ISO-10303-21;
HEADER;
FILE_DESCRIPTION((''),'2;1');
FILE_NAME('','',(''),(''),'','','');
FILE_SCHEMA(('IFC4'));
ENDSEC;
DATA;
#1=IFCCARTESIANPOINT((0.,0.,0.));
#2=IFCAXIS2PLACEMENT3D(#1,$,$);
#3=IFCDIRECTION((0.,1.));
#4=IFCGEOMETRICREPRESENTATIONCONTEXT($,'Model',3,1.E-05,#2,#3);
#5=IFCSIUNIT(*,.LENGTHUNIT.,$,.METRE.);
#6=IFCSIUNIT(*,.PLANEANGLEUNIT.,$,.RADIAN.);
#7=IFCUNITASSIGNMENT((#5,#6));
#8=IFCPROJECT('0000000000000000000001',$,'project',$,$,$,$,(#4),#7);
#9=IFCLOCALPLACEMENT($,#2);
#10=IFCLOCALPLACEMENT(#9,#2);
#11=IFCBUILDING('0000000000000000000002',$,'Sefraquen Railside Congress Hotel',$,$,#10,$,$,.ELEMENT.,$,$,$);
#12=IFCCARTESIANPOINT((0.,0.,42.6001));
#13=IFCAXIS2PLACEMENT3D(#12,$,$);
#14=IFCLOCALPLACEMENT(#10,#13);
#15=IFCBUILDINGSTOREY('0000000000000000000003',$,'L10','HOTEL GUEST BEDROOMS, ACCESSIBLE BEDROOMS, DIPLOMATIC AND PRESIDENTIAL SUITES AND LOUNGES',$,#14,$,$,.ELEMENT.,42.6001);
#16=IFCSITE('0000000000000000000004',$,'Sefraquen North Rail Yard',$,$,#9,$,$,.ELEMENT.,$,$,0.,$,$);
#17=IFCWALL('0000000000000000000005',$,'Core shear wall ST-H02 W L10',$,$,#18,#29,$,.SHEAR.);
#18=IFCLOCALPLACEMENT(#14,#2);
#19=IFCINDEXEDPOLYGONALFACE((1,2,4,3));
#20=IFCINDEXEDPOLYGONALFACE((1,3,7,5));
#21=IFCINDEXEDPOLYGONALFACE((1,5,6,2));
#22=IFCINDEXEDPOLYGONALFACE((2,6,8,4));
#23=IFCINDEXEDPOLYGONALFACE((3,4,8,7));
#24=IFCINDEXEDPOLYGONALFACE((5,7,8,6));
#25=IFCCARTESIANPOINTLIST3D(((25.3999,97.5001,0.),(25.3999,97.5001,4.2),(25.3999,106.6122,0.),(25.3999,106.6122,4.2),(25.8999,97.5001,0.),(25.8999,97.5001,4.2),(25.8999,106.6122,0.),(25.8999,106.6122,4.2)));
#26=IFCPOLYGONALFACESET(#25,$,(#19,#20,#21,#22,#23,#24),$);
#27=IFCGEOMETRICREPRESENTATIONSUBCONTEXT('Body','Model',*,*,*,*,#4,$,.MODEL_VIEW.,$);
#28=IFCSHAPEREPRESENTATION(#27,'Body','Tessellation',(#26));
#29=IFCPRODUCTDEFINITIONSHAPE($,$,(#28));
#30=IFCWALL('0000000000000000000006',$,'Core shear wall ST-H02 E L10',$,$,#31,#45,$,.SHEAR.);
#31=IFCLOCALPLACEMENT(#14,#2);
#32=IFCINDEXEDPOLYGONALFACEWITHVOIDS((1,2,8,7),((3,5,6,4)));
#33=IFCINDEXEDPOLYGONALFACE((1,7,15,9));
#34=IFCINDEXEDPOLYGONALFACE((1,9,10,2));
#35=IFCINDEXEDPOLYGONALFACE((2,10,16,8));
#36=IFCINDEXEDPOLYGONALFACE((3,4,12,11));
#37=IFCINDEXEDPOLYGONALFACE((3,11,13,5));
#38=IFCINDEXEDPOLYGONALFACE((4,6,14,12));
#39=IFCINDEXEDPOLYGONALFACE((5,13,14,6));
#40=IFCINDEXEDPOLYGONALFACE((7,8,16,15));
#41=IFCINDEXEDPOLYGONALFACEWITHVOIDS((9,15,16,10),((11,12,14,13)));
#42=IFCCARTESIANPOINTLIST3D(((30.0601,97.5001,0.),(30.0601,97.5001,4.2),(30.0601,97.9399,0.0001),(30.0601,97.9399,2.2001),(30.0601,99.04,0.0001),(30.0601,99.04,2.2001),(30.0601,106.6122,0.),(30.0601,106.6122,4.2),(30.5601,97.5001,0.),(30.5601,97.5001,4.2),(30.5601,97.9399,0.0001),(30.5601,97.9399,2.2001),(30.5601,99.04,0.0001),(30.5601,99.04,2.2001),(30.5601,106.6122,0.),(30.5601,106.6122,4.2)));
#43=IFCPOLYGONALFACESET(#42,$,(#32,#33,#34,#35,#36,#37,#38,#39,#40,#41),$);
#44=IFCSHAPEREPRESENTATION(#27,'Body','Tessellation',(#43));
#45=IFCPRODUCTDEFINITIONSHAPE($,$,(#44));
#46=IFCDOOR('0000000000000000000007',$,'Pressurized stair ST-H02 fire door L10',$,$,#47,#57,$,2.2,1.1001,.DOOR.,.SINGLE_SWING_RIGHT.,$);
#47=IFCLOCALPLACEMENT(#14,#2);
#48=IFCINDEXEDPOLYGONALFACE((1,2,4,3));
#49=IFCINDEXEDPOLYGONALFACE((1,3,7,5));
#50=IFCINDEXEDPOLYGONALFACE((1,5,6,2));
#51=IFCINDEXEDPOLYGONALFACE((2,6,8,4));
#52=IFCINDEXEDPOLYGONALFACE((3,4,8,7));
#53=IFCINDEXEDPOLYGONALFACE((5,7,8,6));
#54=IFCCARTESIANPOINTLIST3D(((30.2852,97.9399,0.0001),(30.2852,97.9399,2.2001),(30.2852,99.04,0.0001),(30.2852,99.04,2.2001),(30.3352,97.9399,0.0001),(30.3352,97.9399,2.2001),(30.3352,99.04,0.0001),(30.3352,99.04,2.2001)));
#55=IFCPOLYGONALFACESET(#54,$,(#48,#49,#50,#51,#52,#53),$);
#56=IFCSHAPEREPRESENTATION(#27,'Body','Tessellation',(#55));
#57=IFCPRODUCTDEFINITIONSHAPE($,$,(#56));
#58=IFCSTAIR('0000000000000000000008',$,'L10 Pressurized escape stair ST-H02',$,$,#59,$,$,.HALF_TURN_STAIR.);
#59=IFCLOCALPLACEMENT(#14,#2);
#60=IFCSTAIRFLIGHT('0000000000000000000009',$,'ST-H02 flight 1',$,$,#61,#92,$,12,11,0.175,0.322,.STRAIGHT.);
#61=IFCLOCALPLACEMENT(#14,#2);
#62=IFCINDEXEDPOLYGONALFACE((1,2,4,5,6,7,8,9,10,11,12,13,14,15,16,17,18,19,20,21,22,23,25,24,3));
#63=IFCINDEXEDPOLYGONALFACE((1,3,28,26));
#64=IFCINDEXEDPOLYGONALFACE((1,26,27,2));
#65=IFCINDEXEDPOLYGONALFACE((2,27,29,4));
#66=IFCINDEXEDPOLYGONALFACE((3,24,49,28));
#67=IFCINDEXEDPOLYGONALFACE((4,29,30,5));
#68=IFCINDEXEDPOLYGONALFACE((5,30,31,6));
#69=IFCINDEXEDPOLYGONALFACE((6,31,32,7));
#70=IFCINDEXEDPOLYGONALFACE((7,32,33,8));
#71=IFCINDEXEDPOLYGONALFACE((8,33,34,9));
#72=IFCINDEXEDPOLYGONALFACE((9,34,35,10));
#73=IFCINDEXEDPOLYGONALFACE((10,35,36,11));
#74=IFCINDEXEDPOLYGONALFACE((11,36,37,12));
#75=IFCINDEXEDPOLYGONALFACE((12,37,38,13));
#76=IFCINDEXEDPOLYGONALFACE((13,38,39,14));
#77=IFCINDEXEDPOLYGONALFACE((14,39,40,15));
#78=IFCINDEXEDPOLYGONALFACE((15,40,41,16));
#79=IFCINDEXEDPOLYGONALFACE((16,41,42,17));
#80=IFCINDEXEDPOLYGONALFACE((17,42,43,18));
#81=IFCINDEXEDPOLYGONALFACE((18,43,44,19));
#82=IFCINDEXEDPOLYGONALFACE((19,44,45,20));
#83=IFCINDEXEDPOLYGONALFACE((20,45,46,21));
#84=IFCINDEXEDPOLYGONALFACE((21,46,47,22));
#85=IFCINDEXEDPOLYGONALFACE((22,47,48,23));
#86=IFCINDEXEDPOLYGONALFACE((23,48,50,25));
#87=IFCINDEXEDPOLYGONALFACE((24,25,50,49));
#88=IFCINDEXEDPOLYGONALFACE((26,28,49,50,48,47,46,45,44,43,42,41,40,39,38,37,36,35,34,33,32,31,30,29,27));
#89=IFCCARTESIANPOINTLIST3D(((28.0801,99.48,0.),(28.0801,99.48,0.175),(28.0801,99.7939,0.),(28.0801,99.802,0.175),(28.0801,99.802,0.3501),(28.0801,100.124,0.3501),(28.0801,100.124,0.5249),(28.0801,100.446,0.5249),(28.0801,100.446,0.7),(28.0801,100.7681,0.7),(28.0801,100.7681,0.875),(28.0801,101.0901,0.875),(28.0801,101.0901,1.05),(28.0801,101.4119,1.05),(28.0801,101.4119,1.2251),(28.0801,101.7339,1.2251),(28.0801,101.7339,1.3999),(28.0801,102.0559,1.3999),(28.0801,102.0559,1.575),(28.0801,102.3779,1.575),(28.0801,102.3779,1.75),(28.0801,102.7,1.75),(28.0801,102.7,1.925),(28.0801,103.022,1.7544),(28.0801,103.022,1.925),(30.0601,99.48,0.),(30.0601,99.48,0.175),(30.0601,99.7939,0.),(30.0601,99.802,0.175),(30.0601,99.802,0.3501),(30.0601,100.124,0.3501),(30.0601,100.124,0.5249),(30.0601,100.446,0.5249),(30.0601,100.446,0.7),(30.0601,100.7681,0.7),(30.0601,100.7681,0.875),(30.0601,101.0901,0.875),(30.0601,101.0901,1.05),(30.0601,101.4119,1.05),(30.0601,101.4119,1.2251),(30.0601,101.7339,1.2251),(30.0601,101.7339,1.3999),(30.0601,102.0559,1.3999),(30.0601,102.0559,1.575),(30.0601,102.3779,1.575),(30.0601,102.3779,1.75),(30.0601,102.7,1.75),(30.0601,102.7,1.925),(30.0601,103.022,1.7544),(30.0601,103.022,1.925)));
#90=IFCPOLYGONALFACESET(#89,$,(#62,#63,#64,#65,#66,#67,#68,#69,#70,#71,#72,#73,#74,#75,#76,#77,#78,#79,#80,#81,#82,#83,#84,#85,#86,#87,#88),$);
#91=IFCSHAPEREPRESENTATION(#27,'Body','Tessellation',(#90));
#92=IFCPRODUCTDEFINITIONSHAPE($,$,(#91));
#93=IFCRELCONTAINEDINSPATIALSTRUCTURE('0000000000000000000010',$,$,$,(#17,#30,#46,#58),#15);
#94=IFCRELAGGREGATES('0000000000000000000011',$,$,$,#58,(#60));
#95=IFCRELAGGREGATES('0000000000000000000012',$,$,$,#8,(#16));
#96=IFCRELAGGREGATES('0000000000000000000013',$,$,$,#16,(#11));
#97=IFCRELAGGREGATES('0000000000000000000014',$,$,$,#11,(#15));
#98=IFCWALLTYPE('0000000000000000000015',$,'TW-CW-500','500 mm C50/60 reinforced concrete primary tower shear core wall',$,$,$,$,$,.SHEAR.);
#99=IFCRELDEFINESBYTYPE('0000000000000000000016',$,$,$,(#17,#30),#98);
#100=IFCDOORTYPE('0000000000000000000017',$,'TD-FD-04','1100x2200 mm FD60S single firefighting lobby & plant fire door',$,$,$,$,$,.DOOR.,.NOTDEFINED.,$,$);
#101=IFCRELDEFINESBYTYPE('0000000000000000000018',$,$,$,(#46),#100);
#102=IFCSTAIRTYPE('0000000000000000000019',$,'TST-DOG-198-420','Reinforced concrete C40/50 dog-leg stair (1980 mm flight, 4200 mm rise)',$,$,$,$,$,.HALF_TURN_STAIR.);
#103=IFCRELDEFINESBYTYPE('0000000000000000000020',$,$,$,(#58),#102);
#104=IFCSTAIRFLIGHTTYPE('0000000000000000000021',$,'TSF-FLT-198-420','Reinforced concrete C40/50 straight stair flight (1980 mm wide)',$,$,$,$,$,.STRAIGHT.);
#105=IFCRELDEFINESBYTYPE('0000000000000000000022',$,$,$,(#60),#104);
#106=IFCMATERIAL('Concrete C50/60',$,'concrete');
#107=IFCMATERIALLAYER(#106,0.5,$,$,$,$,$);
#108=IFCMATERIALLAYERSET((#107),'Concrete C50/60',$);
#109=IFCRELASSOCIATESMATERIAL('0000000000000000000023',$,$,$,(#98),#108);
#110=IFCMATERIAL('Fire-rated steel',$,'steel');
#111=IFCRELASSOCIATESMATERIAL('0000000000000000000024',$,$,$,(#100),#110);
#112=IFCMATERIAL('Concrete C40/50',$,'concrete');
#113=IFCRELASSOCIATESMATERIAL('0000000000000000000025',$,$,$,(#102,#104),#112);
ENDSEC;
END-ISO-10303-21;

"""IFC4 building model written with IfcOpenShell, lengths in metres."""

from ifc_helpers import new_model, si_unit, direction, frame, frame_2d, origin, place, context, subcontext, project, spatial, polyline, rectangle, outline, extrude, material, layer, layer_set, type_object, element, fill, aggregate, save


model = new_model("IFC4")

# Units and contexts
model_context = context("Model", 3, precision=1e-05, world=origin(), true_north=direction((0.0, 1.0)))
body_context = subcontext(model_context, "Body", "Model", "MODEL_VIEW")
ifc_project = project(units=[si_unit("LENGTHUNIT", "METRE"), si_unit("PLANEANGLEUNIT", "RADIAN")], contexts=[model_context])

# Site, building, storey
site_placement = place(None, origin())
site = spatial("IfcSite", under=ifc_project, at=site_placement, Name="Sefraquen North Rail Yard", CompositionType="ELEMENT", RefElevation=0.0)
building_placement = place(site_placement, origin())
building = spatial("IfcBuilding", under=site, at=building_placement, Name="Sefraquen Railside Congress Hotel", CompositionType="ELEMENT")
storey_placement = place(building_placement, frame((0.0, 0.0, 42.6001)))
storey = spatial("IfcBuildingStorey", under=building, at=storey_placement, Name="L10", Description="HOTEL GUEST BEDROOMS, ACCESSIBLE BEDROOMS, DIPLOMATIC AND PRESIDENTIAL SUITES AND LOUNGES", CompositionType="ELEMENT", Elevation=42.6001)

# Shared definitions
ifc_material_1 = material(Name="Concrete C50/60", Category="concrete")

# Wall
ifc_layer_1 = layer(ifc_material_1, 0.5)
ifc_layer_set_1 = layer_set([ifc_layer_1], Name="Concrete C50/60")
wall_type_1 = type_object("IfcWallType", Name="TW-CW-500", Description="500 mm C50/60 reinforced concrete primary tower shear core wall", PredefinedType="SHEAR", material=ifc_layer_set_1)
wall_1_placement = place(storey_placement, frame((25.6499, 97.5, 0.0), z_axis=(0.0, 0.0, 1.0), x_axis=(0.0, 1.0, 0.0)))
element("IfcWall", 1, at=wall_1_placement, inside=storey, type_object=wall_type_1, Name="Core shear wall ST-H02 W L10", PredefinedType="SHEAR", context=body_context, shape_type="SweptSolid", body=[
    extrude(rectangle(XDim=9.1121, YDim=0.5, at=frame_2d((4.5562, 0.0))), origin(), (0.0, 0.0, 1.0), 4.2),
])

# Wall, opening, door
wall_2_placement = place(storey_placement, frame((30.3101, 97.5, 0.0), z_axis=(0.0, 0.0, 1.0), x_axis=(0.0, 1.0, 0.0)))
wall_2 = element("IfcWall", 2, at=wall_2_placement, inside=storey, type_object=wall_type_1, Name="Core shear wall ST-H02 E L10", PredefinedType="SHEAR", context=body_context, shape_type="SweptSolid", body=[
    extrude(rectangle(XDim=9.1121, YDim=0.5, at=frame_2d((4.5562, 0.0))), origin(), (0.0, 0.0, 1.0), 4.2),
])
opening_1_placement = place(wall_2_placement, frame((0.4399, 0.0, 0.0)))
opening_1 = element("IfcOpeningElement", 3, at=opening_1_placement, cuts=wall_2, PredefinedType="OPENING", context=body_context, shape_type="SweptSolid", body=[
    extrude(rectangle(XDim=1.1001, YDim=2.2, at=frame_2d((0.55, 1.1001))), frame((0.0, 0.26, 0.0), z_axis=(0.0, -1.0, 0.0), x_axis=(1.0, 0.0, 0.0)), (0.0, 0.0, 1.0), 0.52),
])
ifc_material_2 = material(Name="Fire-rated steel", Category="steel")
door_type_1 = type_object("IfcDoorType", Name="TD-FD-04", Description="1100x2200 mm FD60S single firefighting lobby & plant fire door", OperationType="NOTDEFINED", PredefinedType="DOOR", material=ifc_material_2)
door_1_placement = place(opening_1_placement, origin())
door_1 = element("IfcDoor", 4, at=door_1_placement, inside=storey, type_object=door_type_1, Name="Pressurized stair ST-H02 fire door L10", OperationType="SINGLE_SWING_RIGHT", OverallHeight=2.2, OverallWidth=1.1001, PredefinedType="DOOR", context=body_context, shape_type="SweptSolid", body=[
    extrude(rectangle(XDim=1.1001, YDim=2.2, at=frame_2d((0.55, 1.1001))), frame((0.0, 0.0249, 0.0), z_axis=(0.0, -1.0, 0.0), x_axis=(1.0, 0.0, 0.0)), (0.0, 0.0, 1.0), 0.05),
])
fill(opening_1, door_1)

# Stair, stair flight
ifc_material_3 = material(Name="Concrete C40/50", Category="concrete")
stair_type = type_object("IfcStairType", Name="TST-DOG-198-420", Description="Reinforced concrete C40/50 dog-leg stair (1980 mm flight, 4200 mm rise)", PredefinedType="HALF_TURN_STAIR", material=ifc_material_3)
stair_placement = place(storey_placement, origin())
stair = element("IfcStair", 5, at=stair_placement, inside=storey, type_object=stair_type, Name="L10 Pressurized escape stair ST-H02", PredefinedType="HALF_TURN_STAIR")
stair_flight_type = type_object("IfcStairFlightType", Name="TSF-FLT-198-420", Description="Reinforced concrete C40/50 straight stair flight (1980 mm wide)", PredefinedType="STRAIGHT", material=ifc_material_3)
stair_flight_placement = place(storey_placement, frame((29.0701, 99.48, 0.0), z_axis=(0.0, 0.0, 1.0), x_axis=(0.0, 1.0, 0.0)))
stair_flight = element("IfcStairFlight", 6, at=stair_flight_placement, type_object=stair_flight_type, Name="ST-H02 flight 1", NumberOfRisers=12, NumberOfTreads=11, PredefinedType="STRAIGHT", RiserHeight=0.175, TreadLength=0.322, context=body_context, shape_type="SweptSolid", body=[
    extrude(outline(polyline([(0.0, 0.0), (0.0, 0.175), (0.322, 0.175), (0.322, 0.3501), (0.644, 0.3501), (0.644, 0.5249), (0.9661, 0.5249), (0.9661, 0.7), (1.2881, 0.7), (1.2881, 0.875), (1.6101, 0.875), (1.6101, 1.05), (1.9319, 1.05), (1.9319, 1.2251), (2.2539, 1.2251), (2.2539, 1.3999), (2.5759, 1.3999), (2.5759, 1.575), (2.8979, 1.575), (2.8979, 1.75), (3.22, 1.75), (3.22, 1.925), (3.542, 1.925), (3.542, 2.1001), (3.542, 1.7544), (0.314, 0.0), (0.0, 0.0)])), frame((0.0, 0.99, 0.0), z_axis=(0.0, -1.0, 0.0), x_axis=(1.0, 0.0, 0.0)), (0.0, 0.0, 1.0), 1.98),
])
aggregate(stair, [stair_flight])

save(model, "model.ifc")
